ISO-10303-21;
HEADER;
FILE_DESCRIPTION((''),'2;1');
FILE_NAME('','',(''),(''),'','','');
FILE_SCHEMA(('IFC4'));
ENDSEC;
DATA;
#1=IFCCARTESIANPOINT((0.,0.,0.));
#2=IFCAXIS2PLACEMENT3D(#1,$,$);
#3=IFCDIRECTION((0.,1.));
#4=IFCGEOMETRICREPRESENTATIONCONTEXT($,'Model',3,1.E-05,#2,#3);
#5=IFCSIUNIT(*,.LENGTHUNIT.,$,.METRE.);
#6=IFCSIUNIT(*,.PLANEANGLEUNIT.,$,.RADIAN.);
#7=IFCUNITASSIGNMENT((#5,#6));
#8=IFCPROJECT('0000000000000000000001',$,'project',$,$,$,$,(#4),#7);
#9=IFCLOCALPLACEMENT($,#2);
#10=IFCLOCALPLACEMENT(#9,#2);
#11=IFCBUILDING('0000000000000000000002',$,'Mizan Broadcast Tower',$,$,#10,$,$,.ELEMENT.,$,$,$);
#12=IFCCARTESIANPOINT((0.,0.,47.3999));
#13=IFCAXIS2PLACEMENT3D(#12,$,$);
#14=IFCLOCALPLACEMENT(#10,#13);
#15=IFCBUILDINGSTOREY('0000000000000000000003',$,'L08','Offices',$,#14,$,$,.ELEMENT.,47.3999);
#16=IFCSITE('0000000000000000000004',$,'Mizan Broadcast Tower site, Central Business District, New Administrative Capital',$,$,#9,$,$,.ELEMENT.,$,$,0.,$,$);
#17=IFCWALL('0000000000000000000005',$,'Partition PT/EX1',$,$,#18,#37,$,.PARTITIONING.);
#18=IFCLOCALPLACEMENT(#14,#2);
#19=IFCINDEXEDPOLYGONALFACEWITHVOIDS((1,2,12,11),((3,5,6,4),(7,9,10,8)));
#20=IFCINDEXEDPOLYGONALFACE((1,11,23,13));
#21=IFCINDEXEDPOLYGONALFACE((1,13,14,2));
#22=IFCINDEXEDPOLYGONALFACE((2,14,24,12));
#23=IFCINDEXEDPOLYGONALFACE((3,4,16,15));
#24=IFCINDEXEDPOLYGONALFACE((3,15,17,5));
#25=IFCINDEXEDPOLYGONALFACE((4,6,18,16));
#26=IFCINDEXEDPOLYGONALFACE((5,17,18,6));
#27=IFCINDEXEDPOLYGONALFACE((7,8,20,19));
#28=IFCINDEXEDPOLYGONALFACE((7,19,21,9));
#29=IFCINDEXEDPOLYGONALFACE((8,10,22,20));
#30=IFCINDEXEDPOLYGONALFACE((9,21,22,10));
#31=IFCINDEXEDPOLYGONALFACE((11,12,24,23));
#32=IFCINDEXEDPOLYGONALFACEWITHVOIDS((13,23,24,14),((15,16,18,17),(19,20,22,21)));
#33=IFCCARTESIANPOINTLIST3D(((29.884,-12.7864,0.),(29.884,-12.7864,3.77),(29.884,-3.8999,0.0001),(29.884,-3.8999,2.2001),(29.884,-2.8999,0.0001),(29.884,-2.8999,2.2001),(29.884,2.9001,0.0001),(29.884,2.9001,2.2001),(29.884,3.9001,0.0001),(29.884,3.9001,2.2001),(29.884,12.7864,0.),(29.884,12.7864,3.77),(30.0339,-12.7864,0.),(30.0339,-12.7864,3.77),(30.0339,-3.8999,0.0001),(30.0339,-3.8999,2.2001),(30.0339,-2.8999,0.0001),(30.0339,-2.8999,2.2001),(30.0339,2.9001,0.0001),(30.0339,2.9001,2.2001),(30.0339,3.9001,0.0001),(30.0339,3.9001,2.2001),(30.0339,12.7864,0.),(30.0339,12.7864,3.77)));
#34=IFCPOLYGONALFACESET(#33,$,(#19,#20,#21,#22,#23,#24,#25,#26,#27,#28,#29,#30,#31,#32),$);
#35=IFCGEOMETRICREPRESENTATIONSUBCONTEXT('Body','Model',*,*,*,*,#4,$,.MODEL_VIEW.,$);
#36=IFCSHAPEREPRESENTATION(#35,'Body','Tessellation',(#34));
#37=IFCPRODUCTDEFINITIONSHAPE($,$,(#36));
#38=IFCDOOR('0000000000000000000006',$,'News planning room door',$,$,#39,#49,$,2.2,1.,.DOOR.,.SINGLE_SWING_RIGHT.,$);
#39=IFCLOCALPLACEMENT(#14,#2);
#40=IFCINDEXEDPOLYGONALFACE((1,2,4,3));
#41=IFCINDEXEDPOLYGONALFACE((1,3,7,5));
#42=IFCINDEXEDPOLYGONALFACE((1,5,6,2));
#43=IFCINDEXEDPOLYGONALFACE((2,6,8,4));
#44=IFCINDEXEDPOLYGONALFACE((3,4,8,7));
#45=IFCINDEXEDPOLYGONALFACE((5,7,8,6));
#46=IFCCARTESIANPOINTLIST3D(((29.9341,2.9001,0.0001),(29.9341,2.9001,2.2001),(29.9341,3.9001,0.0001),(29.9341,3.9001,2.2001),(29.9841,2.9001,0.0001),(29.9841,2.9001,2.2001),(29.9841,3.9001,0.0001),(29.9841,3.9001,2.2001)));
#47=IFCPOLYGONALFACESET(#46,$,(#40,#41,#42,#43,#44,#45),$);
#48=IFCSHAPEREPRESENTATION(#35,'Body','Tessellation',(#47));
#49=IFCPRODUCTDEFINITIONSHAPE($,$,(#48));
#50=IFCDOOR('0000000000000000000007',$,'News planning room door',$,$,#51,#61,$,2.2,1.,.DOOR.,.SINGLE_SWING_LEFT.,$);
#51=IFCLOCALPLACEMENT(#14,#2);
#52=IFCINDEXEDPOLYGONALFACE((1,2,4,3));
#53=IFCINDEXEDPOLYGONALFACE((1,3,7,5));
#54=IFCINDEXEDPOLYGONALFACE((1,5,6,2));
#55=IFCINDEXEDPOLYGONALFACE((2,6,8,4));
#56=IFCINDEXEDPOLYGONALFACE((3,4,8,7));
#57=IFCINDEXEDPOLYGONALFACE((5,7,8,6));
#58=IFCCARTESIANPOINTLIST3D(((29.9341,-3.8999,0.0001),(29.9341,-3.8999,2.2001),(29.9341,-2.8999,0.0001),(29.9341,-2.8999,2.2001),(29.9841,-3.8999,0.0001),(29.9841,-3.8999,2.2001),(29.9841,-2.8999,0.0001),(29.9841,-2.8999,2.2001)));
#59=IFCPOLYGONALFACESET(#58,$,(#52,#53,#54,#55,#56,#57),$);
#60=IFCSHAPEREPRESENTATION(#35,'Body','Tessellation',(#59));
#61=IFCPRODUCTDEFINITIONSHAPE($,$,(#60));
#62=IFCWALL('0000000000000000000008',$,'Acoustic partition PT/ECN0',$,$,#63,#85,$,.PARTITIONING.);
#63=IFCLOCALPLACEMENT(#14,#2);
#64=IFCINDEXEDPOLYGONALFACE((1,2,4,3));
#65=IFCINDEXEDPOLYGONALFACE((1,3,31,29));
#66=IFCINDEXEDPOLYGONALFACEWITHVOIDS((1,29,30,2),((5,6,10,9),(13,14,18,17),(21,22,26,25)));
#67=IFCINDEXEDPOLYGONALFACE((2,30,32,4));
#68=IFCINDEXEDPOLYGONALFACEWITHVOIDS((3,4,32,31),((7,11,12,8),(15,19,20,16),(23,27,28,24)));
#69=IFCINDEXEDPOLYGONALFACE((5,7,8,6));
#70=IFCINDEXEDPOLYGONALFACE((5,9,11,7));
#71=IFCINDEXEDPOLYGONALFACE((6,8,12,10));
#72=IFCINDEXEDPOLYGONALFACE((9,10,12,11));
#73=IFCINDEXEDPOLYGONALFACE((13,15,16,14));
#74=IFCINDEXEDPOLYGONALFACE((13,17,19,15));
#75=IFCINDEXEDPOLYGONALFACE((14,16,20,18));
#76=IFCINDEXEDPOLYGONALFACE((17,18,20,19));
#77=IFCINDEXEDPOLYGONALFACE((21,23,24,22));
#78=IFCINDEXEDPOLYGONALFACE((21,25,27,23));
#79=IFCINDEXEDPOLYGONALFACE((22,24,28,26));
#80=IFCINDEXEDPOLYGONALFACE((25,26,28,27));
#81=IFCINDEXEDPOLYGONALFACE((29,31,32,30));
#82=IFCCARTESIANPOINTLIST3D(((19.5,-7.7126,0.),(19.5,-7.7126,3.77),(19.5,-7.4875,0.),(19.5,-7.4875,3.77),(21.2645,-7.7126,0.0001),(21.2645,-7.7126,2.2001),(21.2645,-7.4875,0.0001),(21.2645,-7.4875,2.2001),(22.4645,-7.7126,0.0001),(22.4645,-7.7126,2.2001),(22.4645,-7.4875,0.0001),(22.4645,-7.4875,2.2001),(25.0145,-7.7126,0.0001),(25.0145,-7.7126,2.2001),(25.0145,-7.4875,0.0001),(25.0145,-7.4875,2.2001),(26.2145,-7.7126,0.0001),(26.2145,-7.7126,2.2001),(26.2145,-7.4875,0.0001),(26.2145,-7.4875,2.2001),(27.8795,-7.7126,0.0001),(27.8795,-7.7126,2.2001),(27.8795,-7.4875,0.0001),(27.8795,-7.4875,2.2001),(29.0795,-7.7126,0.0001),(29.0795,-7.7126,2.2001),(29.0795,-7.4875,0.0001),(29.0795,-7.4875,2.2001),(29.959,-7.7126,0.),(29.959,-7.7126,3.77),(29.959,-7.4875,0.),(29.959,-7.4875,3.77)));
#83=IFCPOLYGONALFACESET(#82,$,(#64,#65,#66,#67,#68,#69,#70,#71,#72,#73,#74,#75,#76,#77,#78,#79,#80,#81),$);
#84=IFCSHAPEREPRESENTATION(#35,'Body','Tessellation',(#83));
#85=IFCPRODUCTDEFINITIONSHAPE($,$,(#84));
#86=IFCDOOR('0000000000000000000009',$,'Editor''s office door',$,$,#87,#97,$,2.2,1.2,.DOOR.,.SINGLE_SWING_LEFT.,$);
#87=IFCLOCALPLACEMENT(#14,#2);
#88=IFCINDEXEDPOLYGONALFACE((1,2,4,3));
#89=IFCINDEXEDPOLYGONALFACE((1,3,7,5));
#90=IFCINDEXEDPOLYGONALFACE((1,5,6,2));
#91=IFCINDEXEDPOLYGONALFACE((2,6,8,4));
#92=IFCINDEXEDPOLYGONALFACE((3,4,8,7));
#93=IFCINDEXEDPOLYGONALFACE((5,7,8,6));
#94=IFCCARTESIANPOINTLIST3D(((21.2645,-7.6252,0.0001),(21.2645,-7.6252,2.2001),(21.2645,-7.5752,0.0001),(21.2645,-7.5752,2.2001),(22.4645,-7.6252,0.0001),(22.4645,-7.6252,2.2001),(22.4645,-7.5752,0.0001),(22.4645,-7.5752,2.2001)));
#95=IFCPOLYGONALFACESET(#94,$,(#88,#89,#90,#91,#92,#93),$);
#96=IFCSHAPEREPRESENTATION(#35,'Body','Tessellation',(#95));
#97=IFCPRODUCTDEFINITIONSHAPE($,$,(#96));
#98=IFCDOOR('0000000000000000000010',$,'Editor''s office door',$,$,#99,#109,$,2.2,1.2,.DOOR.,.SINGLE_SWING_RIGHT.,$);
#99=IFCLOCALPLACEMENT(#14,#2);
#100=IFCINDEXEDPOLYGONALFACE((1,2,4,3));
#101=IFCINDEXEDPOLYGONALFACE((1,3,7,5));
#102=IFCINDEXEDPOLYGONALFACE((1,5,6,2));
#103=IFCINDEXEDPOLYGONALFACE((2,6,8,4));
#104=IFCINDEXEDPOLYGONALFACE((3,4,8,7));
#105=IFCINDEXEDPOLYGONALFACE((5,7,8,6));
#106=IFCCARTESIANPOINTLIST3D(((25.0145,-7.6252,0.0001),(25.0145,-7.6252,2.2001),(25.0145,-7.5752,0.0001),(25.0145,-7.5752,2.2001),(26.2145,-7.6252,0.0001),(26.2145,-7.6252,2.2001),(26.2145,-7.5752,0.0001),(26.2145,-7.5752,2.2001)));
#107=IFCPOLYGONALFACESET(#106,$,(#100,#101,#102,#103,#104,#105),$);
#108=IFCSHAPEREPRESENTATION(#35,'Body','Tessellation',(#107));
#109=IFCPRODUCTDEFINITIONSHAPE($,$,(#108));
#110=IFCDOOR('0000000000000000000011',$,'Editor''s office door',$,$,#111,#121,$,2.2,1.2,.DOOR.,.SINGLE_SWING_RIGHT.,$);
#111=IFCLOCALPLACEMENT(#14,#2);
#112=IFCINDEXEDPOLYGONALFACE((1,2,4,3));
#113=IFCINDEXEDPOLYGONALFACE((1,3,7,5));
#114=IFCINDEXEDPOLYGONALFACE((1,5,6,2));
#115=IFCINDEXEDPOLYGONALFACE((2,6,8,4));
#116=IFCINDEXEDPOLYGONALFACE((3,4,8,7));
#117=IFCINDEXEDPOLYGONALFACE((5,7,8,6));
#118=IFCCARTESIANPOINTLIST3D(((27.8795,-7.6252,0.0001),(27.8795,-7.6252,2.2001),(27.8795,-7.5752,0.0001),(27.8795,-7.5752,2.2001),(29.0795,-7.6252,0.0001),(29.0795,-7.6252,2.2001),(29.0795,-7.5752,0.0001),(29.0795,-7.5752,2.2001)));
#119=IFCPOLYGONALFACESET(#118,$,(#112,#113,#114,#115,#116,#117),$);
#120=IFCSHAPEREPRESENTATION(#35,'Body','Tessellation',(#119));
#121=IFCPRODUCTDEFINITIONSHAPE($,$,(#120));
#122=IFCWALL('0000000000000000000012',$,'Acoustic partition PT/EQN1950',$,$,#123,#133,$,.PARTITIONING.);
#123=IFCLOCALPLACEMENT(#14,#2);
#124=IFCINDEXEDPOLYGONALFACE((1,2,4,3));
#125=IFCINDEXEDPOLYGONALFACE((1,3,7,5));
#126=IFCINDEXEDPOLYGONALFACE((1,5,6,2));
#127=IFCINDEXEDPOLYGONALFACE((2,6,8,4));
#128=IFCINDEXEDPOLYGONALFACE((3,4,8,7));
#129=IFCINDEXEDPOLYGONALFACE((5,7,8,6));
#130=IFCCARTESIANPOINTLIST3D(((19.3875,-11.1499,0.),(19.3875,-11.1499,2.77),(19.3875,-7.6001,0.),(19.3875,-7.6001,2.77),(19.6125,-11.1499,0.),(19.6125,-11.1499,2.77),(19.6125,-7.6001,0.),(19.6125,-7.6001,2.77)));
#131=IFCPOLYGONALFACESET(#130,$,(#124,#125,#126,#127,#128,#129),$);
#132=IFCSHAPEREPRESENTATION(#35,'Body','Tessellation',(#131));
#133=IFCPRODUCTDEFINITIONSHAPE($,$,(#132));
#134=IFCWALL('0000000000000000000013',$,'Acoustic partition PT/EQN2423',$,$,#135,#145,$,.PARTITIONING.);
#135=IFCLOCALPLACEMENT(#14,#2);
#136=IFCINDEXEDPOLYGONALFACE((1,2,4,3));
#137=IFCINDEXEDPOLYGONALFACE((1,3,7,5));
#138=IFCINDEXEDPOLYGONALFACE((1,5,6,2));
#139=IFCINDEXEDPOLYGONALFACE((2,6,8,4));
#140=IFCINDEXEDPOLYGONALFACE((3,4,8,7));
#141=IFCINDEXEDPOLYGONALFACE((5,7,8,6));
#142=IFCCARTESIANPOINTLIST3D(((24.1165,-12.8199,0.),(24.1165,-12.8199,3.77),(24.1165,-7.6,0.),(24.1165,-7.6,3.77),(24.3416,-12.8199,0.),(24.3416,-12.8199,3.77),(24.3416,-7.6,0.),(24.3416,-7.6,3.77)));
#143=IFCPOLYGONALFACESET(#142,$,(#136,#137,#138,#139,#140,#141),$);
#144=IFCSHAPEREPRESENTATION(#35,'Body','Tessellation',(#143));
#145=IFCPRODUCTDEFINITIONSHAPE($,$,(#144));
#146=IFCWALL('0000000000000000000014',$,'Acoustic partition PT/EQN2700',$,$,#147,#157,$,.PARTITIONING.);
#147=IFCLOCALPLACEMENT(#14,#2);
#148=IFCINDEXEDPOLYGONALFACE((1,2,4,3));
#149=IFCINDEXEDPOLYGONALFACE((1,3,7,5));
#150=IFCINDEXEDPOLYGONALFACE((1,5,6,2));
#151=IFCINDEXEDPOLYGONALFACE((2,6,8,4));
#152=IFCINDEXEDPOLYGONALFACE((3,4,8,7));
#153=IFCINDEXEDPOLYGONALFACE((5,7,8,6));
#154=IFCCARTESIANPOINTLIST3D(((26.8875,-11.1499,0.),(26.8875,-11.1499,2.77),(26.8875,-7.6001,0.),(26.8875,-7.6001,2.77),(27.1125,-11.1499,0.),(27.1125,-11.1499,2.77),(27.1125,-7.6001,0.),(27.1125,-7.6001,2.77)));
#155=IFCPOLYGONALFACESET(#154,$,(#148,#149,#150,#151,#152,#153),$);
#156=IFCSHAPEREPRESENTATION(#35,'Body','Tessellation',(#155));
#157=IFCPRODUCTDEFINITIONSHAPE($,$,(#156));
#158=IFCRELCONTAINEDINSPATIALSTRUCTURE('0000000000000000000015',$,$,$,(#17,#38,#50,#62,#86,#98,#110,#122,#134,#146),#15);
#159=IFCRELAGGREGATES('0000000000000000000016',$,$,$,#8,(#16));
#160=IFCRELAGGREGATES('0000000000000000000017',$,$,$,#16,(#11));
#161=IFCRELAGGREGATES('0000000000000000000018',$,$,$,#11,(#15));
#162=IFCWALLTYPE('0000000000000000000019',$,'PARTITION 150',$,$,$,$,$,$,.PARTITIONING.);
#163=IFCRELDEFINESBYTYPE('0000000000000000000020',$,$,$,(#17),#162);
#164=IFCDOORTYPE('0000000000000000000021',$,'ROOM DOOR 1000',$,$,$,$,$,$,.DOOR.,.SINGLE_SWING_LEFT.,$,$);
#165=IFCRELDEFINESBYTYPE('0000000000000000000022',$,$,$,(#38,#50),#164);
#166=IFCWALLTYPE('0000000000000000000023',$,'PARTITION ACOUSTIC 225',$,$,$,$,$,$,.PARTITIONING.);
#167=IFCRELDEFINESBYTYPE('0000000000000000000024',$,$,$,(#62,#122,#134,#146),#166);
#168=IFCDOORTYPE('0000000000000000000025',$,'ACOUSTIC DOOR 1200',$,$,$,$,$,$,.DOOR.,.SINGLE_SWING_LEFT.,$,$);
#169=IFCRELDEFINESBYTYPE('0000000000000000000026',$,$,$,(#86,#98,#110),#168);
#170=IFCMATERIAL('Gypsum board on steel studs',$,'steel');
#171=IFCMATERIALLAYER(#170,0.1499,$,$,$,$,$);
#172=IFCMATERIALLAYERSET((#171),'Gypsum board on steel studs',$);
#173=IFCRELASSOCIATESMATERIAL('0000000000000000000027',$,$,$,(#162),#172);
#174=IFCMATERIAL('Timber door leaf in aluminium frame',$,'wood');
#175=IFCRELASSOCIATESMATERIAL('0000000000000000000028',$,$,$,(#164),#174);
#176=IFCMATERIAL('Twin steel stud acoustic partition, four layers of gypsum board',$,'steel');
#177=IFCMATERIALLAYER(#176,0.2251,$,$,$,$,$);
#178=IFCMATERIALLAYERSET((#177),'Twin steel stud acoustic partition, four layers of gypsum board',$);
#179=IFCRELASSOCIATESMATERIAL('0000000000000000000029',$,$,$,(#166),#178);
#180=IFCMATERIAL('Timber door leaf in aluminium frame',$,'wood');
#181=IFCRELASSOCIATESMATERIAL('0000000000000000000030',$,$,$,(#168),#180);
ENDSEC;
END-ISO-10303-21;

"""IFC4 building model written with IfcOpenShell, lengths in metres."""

from ifc_helpers import new_model, si_unit, direction, frame, frame_2d, origin, place, context, subcontext, project, spatial, rectangle, extrude, material, layer, layer_set, type_object, element, fill, save


model = new_model("IFC4")

# Units and contexts
model_context = context("Model", 3, precision=1e-05, world=origin(), true_north=direction((0.0, 1.0)))
body_context = subcontext(model_context, "Body", "Model", "MODEL_VIEW")
ifc_project = project(units=[si_unit("LENGTHUNIT", "METRE"), si_unit("PLANEANGLEUNIT", "RADIAN")], contexts=[model_context])

# Site, building, storey
site_placement = place(None, origin())
site = spatial("IfcSite", under=ifc_project, at=site_placement, Name="Mizan Broadcast Tower site, Central Business District, New Administrative Capital", CompositionType="ELEMENT", RefElevation=0.0)
building_placement = place(site_placement, origin())
building = spatial("IfcBuilding", under=site, at=building_placement, Name="Mizan Broadcast Tower", CompositionType="ELEMENT")
storey_placement = place(building_placement, frame((0.0, 0.0, 47.3999)))
storey = spatial("IfcBuildingStorey", under=building, at=storey_placement, Name="L08", Description="Offices", CompositionType="ELEMENT", Elevation=47.3999)

# Walls, openings, doors
ifc_material_1 = material(Name="Gypsum board on steel studs", Category="steel")
ifc_layer_1 = layer(ifc_material_1, 0.1499)
ifc_layer_set_1 = layer_set([ifc_layer_1], Name="Gypsum board on steel studs")
wall_type_1 = type_object("IfcWallType", Name="PARTITION 150", PredefinedType="PARTITIONING", material=ifc_layer_set_1)
wall_1_placement = place(storey_placement, frame((29.959, -12.7864, 0.0), z_axis=(0.0, 0.0, 1.0), x_axis=(0.0, 1.0, 0.0)))
wall_1 = element("IfcWall", 1, at=wall_1_placement, inside=storey, type_object=wall_type_1, Name="Partition PT/EX1", PredefinedType="PARTITIONING", context=body_context, shape_type="SweptSolid", body=[
    extrude(rectangle(XDim=25.5728, YDim=0.1499, at=frame_2d((12.7864, 0.0))), origin(), (0.0, 0.0, 1.0), 3.77),
])
opening_1_placement = place(wall_1_placement, frame((15.6865, 0.0, 0.0)))
opening_1 = element("IfcOpeningElement", 2, at=opening_1_placement, cuts=wall_1, PredefinedType="OPENING", context=body_context, shape_type="SweptSolid", body=[
    extrude(rectangle(XDim=1.0, YDim=2.2, at=frame_2d((0.5, 1.1001))), frame((0.0, 0.085, 0.0), z_axis=(0.0, -1.0, 0.0), x_axis=(1.0, 0.0, 0.0)), (0.0, 0.0, 1.0), 0.1699),
])
opening_2_placement = place(wall_1_placement, frame((8.8865, 0.0, 0.0)))
opening_2 = element("IfcOpeningElement", 3, at=opening_2_placement, cuts=wall_1, PredefinedType="OPENING", context=body_context, shape_type="SweptSolid", body=[
    extrude(rectangle(XDim=1.0, YDim=2.2, at=frame_2d((0.5, 1.1001))), frame((0.0, 0.085, 0.0), z_axis=(0.0, -1.0, 0.0), x_axis=(1.0, 0.0, 0.0)), (0.0, 0.0, 1.0), 0.1699),
])
ifc_material_2 = material(Name="Timber door leaf in aluminium frame", Category="wood")
door_type_1 = type_object("IfcDoorType", Name="ROOM DOOR 1000", OperationType="SINGLE_SWING_LEFT", PredefinedType="DOOR", material=ifc_material_2)
door_1_placement = place(opening_1_placement, origin())
door_1 = element("IfcDoor", 4, at=door_1_placement, inside=storey, type_object=door_type_1, Name="News planning room door", OperationType="SINGLE_SWING_RIGHT", OverallHeight=2.2, OverallWidth=1.0, PredefinedType="DOOR", context=body_context, shape_type="SweptSolid", body=[
    extrude(rectangle(XDim=1.0, YDim=2.2, at=frame_2d((0.5, 1.1001))), frame((0.0, 0.0249, 0.0), z_axis=(0.0, -1.0, 0.0), x_axis=(1.0, 0.0, 0.0)), (0.0, 0.0, 1.0), 0.05),
])
fill(opening_1, door_1)
door_2_placement = place(opening_2_placement, origin())
door_2 = element("IfcDoor", 5, at=door_2_placement, inside=storey, type_object=door_type_1, Name="News planning room door", OperationType="SINGLE_SWING_LEFT", OverallHeight=2.2, OverallWidth=1.0, PredefinedType="DOOR", context=body_context, shape_type="SweptSolid", body=[
    extrude(rectangle(XDim=1.0, YDim=2.2, at=frame_2d((0.5, 1.1001))), frame((0.0, 0.0249, 0.0), z_axis=(0.0, -1.0, 0.0), x_axis=(1.0, 0.0, 0.0)), (0.0, 0.0, 1.0), 0.05),
])
fill(opening_2, door_2)
ifc_material_3 = material(Name="Twin steel stud acoustic partition, four layers of gypsum board", Category="steel")
ifc_layer_2 = layer(ifc_material_3, 0.2251)
ifc_layer_set_2 = layer_set([ifc_layer_2], Name="Twin steel stud acoustic partition, four layers of gypsum board")
wall_type_2 = type_object("IfcWallType", Name="PARTITION ACOUSTIC 225", PredefinedType="PARTITIONING", material=ifc_layer_set_2)
wall_2_placement = place(storey_placement, frame((19.5, -7.6001, 0.0), z_axis=(0.0, 0.0, 1.0), x_axis=(1.0, 0.0, 0.0)))
wall_2 = element("IfcWall", 6, at=wall_2_placement, inside=storey, type_object=wall_type_2, Name="Acoustic partition PT/ECN0", PredefinedType="PARTITIONING", context=body_context, shape_type="SweptSolid", body=[
    extrude(rectangle(XDim=10.459, YDim=0.2251, at=frame_2d((5.2295, 0.0))), origin(), (0.0, 0.0, 1.0), 3.77),
])
opening_3_placement = place(wall_2_placement, frame((1.7644, 0.0, 0.0)))
opening_3 = element("IfcOpeningElement", 7, at=opening_3_placement, cuts=wall_2, PredefinedType="OPENING", context=body_context, shape_type="SweptSolid", body=[
    extrude(rectangle(XDim=1.2, YDim=2.2, at=frame_2d((0.6001, 1.1001))), frame((0.0, 0.1226, 0.0), z_axis=(0.0, -1.0, 0.0), x_axis=(1.0, 0.0, 0.0)), (0.0, 0.0, 1.0), 0.2451),
])
opening_4_placement = place(wall_2_placement, frame((5.5144, 0.0, 0.0)))
opening_4 = element("IfcOpeningElement", 8, at=opening_4_placement, cuts=wall_2, PredefinedType="OPENING", context=body_context, shape_type="SweptSolid", body=[
    extrude(rectangle(XDim=1.2, YDim=2.2, at=frame_2d((0.6001, 1.1001))), frame((0.0, 0.1226, 0.0), z_axis=(0.0, -1.0, 0.0), x_axis=(1.0, 0.0, 0.0)), (0.0, 0.0, 1.0), 0.2451),
])
opening_5_placement = place(wall_2_placement, frame((8.3794, 0.0, 0.0)))
opening_5 = element("IfcOpeningElement", 9, at=opening_5_placement, cuts=wall_2, PredefinedType="OPENING", context=body_context, shape_type="SweptSolid", body=[
    extrude(rectangle(XDim=1.2, YDim=2.2, at=frame_2d((0.6001, 1.1001))), frame((0.0, 0.1226, 0.0), z_axis=(0.0, -1.0, 0.0), x_axis=(1.0, 0.0, 0.0)), (0.0, 0.0, 1.0), 0.2451),
])
ifc_material_4 = material(Name="Timber door leaf in aluminium frame", Category="wood")
door_type_2 = type_object("IfcDoorType", Name="ACOUSTIC DOOR 1200", OperationType="SINGLE_SWING_LEFT", PredefinedType="DOOR", material=ifc_material_4)
door_3_placement = place(opening_3_placement, origin())
door_3 = element("IfcDoor", 10, at=door_3_placement, inside=storey, type_object=door_type_2, Name="Editor's office door", OperationType="SINGLE_SWING_LEFT", OverallHeight=2.2, OverallWidth=1.2, PredefinedType="DOOR", context=body_context, shape_type="SweptSolid", body=[
    extrude(rectangle(XDim=1.2, YDim=2.2, at=frame_2d((0.6001, 1.1001))), frame((0.0, 0.0249, 0.0), z_axis=(0.0, -1.0, 0.0), x_axis=(1.0, 0.0, 0.0)), (0.0, 0.0, 1.0), 0.05),
])
fill(opening_3, door_3)
door_4_placement = place(opening_4_placement, origin())
door_4 = element("IfcDoor", 11, at=door_4_placement, inside=storey, type_object=door_type_2, Name="Editor's office door", OperationType="SINGLE_SWING_RIGHT", OverallHeight=2.2, OverallWidth=1.2, PredefinedType="DOOR", context=body_context, shape_type="SweptSolid", body=[
    extrude(rectangle(XDim=1.2, YDim=2.2, at=frame_2d((0.6001, 1.1001))), frame((0.0, 0.0249, 0.0), z_axis=(0.0, -1.0, 0.0), x_axis=(1.0, 0.0, 0.0)), (0.0, 0.0, 1.0), 0.05),
])
fill(opening_4, door_4)
door_5_placement = place(opening_5_placement, origin())
door_5 = element("IfcDoor", 12, at=door_5_placement, inside=storey, type_object=door_type_2, Name="Editor's office door", OperationType="SINGLE_SWING_RIGHT", OverallHeight=2.2, OverallWidth=1.2, PredefinedType="DOOR", context=body_context, shape_type="SweptSolid", body=[
    extrude(rectangle(XDim=1.2, YDim=2.2, at=frame_2d((0.6001, 1.1001))), frame((0.0, 0.0249, 0.0), z_axis=(0.0, -1.0, 0.0), x_axis=(1.0, 0.0, 0.0)), (0.0, 0.0, 1.0), 0.05),
])
fill(opening_5, door_5)

# Walls
wall_3_placement = place(storey_placement, frame((19.5, -7.6001, 0.0), z_axis=(0.0, 0.0, 1.0), x_axis=(0.0, -1.0, 0.0)))
element("IfcWall", 13, at=wall_3_placement, inside=storey, type_object=wall_type_2, Name="Acoustic partition PT/EQN1950", PredefinedType="PARTITIONING", context=body_context, shape_type="SweptSolid", body=[
    extrude(rectangle(XDim=3.5498, YDim=0.2251, at=frame_2d((1.7749, 0.0))), origin(), (0.0, 0.0, 1.0), 2.77),
])
wall_4_placement = place(storey_placement, frame((24.229, -7.6001, 0.0), z_axis=(0.0, 0.0, 1.0), x_axis=(0.0, -1.0, 0.0)))
element("IfcWall", 14, at=wall_4_placement, inside=storey, type_object=wall_type_2, Name="Acoustic partition PT/EQN2423", PredefinedType="PARTITIONING", context=body_context, shape_type="SweptSolid", body=[
    extrude(rectangle(XDim=5.22, YDim=0.2251, at=frame_2d((2.6099, 0.0))), origin(), (0.0, 0.0, 1.0), 3.77),
])
wall_5_placement = place(storey_placement, frame((27.0, -7.6001, 0.0), z_axis=(0.0, 0.0, 1.0), x_axis=(0.0, -1.0, 0.0)))
element("IfcWall", 15, at=wall_5_placement, inside=storey, type_object=wall_type_2, Name="Acoustic partition PT/EQN2700", PredefinedType="PARTITIONING", context=body_context, shape_type="SweptSolid", body=[
    extrude(rectangle(XDim=3.5498, YDim=0.2251, at=frame_2d((1.7749, 0.0))), origin(), (0.0, 0.0, 1.0), 2.77),
])

save(model, "model.ifc")
